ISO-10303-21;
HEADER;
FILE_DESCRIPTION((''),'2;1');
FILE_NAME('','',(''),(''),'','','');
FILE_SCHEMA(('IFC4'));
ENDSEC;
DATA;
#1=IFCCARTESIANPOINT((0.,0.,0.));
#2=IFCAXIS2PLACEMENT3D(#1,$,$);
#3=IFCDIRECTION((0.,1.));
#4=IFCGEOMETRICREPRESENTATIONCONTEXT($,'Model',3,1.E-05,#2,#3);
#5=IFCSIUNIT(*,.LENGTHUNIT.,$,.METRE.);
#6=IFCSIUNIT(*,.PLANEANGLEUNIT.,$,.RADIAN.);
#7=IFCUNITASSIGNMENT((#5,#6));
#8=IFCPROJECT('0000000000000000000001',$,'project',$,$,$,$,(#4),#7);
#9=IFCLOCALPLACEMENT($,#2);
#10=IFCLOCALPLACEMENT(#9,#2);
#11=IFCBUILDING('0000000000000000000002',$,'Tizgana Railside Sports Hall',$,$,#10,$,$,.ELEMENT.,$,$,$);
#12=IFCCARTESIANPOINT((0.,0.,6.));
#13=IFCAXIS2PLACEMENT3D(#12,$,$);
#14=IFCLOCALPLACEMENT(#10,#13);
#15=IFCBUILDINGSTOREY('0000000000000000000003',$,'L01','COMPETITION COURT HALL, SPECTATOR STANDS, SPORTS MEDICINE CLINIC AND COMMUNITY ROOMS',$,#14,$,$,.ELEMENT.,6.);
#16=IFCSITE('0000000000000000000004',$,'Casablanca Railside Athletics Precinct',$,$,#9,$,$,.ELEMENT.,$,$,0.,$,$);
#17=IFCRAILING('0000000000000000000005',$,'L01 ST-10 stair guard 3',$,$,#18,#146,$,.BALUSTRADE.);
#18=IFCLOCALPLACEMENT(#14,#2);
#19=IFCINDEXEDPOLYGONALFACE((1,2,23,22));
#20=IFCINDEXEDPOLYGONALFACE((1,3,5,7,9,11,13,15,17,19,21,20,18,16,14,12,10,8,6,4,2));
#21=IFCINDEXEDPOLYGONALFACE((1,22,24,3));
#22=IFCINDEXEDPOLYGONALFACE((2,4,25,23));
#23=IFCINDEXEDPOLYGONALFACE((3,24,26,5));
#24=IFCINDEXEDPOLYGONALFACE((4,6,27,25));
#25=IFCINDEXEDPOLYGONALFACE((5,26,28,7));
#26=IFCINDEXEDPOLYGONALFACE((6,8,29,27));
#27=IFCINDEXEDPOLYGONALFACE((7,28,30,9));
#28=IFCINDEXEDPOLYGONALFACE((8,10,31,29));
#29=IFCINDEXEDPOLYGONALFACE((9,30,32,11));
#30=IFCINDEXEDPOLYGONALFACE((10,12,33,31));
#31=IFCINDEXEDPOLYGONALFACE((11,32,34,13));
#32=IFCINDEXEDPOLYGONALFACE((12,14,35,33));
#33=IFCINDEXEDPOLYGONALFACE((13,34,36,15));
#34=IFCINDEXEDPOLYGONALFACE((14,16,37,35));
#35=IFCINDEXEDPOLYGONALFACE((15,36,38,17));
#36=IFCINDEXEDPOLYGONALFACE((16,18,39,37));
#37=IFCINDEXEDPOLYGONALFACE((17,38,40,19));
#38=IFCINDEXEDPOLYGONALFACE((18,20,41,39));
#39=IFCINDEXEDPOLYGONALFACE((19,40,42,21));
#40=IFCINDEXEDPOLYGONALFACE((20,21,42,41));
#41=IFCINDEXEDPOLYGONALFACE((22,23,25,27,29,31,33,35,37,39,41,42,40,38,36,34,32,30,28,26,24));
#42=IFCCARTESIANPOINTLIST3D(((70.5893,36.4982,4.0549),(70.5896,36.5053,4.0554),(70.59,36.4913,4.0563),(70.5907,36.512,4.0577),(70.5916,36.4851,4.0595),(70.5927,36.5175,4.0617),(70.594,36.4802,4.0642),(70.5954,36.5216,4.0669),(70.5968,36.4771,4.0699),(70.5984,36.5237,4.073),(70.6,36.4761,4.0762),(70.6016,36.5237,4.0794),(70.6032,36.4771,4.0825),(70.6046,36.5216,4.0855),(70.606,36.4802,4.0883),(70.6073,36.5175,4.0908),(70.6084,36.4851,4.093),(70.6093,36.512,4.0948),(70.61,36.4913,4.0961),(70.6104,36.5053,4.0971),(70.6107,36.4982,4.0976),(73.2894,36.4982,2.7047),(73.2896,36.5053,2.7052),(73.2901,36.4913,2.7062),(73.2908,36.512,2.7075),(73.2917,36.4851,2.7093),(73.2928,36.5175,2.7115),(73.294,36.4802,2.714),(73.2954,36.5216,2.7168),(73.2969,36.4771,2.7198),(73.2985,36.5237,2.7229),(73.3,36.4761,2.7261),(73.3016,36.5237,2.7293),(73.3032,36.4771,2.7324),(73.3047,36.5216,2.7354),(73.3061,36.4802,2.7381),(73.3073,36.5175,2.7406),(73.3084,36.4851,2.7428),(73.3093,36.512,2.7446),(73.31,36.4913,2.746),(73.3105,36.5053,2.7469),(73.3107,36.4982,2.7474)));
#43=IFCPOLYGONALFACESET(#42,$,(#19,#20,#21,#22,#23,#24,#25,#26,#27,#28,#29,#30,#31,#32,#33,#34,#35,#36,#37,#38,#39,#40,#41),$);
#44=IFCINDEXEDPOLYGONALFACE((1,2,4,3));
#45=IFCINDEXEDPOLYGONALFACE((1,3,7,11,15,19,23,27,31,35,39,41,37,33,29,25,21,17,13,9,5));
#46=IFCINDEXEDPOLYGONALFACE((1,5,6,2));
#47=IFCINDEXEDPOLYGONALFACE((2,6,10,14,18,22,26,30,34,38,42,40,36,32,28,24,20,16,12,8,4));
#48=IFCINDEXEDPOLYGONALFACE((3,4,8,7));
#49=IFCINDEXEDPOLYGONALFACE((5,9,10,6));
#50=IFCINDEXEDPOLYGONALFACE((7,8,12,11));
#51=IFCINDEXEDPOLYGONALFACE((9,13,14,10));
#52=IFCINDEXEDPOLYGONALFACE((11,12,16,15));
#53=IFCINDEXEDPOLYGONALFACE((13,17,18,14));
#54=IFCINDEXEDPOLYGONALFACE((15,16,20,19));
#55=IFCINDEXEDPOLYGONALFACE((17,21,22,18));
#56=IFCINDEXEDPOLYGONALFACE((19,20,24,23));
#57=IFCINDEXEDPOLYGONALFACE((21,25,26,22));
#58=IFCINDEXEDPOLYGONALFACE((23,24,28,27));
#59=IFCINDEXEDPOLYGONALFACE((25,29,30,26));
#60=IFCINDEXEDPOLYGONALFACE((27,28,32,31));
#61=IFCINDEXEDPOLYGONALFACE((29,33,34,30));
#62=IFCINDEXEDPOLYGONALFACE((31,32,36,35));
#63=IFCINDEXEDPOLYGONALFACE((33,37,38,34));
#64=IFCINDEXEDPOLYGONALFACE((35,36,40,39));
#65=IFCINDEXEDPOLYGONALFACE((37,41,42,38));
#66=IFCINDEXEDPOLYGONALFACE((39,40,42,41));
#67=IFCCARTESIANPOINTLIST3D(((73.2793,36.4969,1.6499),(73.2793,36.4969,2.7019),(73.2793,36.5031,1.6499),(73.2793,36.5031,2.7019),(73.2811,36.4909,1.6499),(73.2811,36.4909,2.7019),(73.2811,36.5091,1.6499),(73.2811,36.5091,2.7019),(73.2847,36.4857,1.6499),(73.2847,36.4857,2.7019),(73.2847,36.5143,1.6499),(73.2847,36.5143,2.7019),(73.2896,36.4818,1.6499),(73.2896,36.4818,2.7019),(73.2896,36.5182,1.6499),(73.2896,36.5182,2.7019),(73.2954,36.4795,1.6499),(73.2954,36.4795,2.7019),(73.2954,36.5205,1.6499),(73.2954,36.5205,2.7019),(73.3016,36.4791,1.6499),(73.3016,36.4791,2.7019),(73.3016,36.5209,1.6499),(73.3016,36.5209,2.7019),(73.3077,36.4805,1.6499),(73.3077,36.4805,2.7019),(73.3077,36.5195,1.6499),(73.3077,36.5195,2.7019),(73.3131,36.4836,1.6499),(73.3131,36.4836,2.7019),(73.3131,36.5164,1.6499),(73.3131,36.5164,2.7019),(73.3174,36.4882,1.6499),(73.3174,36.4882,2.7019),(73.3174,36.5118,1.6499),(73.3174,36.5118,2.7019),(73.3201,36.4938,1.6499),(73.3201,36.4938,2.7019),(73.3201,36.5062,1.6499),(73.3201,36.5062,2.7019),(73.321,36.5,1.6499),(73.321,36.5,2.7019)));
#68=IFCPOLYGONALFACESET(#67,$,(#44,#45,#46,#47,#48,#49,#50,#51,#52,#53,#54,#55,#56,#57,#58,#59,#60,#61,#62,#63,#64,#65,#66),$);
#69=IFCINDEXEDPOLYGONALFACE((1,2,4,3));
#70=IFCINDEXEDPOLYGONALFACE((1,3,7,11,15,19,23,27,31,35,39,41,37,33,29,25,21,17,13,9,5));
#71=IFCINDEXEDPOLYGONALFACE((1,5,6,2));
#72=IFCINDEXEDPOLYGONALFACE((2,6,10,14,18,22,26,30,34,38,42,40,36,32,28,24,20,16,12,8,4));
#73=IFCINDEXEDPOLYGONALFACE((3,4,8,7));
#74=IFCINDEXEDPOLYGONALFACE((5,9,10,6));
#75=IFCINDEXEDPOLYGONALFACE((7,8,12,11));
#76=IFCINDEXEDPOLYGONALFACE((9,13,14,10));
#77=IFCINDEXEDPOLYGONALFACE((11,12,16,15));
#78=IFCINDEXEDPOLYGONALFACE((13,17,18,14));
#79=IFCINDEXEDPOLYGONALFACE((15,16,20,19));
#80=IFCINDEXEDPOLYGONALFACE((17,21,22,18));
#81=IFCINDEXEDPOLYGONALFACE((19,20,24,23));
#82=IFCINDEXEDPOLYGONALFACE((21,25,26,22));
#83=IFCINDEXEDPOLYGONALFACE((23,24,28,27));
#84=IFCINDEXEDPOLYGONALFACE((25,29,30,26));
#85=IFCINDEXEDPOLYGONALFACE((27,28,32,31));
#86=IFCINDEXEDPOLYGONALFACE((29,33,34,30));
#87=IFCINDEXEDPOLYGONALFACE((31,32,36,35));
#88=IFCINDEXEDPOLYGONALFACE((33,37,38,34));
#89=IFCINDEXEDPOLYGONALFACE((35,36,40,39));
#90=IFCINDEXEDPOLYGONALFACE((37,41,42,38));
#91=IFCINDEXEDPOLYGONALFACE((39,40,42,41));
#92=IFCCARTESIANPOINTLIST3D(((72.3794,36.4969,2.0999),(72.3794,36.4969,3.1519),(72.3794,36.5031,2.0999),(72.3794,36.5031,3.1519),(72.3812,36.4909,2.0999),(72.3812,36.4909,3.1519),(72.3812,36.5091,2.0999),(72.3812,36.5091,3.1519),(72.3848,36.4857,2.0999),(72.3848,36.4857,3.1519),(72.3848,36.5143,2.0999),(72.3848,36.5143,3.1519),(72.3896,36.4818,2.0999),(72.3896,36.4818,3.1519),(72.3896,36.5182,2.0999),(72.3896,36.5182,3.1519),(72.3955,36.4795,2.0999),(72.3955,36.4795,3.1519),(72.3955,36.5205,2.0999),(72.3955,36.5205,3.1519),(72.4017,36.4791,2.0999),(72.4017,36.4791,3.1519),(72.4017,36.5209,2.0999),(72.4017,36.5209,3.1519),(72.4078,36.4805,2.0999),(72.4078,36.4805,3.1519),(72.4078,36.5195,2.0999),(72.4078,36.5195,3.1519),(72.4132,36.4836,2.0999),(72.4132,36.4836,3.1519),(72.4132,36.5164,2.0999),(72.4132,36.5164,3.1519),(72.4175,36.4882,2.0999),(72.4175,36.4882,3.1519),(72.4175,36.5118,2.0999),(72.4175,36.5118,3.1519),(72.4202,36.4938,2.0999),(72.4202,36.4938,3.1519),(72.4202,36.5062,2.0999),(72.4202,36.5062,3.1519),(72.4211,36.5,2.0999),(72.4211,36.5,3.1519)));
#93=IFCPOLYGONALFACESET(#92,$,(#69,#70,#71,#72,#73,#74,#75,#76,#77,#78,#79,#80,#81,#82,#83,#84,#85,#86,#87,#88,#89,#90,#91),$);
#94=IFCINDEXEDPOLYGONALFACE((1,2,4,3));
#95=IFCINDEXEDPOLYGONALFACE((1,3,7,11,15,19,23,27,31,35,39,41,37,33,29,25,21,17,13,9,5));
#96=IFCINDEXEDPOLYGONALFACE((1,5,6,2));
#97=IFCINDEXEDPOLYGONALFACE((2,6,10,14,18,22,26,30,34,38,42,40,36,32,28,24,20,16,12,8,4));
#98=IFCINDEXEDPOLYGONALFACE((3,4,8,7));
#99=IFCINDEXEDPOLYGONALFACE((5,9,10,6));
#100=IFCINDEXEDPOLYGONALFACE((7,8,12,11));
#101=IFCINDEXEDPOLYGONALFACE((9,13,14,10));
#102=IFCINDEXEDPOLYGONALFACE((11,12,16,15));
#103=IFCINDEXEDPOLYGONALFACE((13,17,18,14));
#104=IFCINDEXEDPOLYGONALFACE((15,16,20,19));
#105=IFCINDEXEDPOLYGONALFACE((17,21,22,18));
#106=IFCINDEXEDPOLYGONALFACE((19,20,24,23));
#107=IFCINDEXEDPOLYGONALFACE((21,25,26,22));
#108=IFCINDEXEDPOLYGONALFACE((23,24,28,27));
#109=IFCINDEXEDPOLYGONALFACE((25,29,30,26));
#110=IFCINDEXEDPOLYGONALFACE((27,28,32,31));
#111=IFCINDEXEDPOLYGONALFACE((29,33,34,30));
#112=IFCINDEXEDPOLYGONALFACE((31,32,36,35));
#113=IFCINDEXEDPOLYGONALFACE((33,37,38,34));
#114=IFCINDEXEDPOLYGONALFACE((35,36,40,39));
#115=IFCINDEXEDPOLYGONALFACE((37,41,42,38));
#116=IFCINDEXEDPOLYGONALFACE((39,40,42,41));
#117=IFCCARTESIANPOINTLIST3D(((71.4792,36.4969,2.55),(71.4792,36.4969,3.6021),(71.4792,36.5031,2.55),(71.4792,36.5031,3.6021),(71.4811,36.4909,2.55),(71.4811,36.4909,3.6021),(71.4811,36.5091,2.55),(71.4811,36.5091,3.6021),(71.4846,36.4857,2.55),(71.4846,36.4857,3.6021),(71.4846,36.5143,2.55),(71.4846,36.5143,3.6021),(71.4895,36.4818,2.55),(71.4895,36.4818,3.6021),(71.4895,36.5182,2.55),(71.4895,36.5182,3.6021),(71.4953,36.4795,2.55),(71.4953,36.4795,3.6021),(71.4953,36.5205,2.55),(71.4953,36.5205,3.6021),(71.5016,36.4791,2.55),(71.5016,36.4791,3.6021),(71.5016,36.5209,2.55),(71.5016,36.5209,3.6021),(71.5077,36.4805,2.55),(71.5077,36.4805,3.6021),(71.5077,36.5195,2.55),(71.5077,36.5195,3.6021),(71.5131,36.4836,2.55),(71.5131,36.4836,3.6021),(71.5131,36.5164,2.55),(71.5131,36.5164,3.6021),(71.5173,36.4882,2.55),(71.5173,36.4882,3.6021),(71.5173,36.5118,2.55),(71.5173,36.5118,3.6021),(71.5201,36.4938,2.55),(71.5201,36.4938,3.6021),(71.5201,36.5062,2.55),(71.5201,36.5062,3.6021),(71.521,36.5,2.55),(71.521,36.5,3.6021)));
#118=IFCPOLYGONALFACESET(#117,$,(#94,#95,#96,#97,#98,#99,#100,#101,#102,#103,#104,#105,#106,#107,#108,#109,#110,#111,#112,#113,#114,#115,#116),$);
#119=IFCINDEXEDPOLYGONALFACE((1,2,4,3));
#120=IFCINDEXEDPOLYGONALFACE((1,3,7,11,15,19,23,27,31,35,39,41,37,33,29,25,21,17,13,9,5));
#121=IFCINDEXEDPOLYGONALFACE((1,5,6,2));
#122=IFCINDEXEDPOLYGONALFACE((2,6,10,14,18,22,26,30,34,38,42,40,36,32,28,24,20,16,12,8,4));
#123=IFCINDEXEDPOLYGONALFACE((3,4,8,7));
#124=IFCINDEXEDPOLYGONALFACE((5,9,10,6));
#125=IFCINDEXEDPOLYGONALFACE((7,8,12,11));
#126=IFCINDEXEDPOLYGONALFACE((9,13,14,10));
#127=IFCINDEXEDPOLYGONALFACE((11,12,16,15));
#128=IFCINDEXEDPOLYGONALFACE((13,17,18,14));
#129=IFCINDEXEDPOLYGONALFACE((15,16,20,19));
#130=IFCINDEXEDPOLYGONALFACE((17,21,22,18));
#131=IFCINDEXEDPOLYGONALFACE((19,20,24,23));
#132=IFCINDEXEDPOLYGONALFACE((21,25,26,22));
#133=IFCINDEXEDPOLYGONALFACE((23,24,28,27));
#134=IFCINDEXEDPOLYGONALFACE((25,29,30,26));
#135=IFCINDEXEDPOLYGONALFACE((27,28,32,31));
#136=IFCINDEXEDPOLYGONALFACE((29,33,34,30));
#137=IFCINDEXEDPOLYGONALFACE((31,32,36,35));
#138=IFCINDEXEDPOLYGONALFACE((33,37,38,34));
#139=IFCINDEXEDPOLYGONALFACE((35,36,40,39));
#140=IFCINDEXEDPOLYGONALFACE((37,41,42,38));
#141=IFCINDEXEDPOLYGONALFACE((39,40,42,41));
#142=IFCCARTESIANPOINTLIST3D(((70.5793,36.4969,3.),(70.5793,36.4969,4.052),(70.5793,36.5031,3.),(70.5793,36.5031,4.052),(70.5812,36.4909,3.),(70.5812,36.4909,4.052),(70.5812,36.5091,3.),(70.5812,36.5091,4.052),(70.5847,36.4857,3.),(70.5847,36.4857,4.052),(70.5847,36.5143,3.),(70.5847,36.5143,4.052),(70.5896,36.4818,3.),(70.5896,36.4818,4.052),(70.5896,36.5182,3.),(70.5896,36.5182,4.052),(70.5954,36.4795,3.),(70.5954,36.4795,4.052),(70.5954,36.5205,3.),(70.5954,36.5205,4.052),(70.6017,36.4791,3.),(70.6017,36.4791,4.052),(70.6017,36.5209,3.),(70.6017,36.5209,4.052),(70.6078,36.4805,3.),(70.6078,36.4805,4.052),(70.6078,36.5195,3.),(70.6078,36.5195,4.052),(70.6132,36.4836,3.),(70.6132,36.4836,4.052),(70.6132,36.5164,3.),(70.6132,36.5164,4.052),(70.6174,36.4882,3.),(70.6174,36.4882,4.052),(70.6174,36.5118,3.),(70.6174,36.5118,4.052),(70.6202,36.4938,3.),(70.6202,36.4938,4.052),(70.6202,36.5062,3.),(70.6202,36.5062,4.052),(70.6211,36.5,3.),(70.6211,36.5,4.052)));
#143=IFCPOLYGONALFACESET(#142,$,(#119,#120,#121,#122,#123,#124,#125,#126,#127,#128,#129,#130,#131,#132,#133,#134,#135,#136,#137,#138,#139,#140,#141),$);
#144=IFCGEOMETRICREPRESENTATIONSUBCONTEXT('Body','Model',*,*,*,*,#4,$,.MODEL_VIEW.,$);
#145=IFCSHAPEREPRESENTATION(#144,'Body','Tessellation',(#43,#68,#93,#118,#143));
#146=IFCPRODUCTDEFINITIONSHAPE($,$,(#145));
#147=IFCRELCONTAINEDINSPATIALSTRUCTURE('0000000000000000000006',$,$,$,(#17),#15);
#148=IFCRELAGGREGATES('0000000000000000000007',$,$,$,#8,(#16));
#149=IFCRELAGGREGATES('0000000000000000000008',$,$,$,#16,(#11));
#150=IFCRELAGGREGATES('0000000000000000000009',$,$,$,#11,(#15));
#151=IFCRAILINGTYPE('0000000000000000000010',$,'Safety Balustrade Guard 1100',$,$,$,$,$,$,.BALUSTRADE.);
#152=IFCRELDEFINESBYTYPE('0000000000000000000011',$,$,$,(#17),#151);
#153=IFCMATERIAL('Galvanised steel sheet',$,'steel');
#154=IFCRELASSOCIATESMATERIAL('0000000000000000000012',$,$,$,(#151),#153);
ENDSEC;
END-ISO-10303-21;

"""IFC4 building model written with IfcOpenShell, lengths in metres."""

from ifc_helpers import new_model, si_unit, direction, frame, origin, origin_2d, place, context, subcontext, project, spatial, circle, extrude, material, type_object, element, save


model = new_model("IFC4")

# Units and contexts
model_context = context("Model", 3, precision=1e-05, world=origin(), true_north=direction((0.0, 1.0)))
body_context = subcontext(model_context, "Body", "Model", "MODEL_VIEW")
ifc_project = project(units=[si_unit("LENGTHUNIT", "METRE"), si_unit("PLANEANGLEUNIT", "RADIAN")], contexts=[model_context])

# Site, building, storey
site_placement = place(None, origin())
site = spatial("IfcSite", under=ifc_project, at=site_placement, Name="Casablanca Railside Athletics Precinct", CompositionType="ELEMENT", RefElevation=0.0)
building_placement = place(site_placement, origin())
building = spatial("IfcBuilding", under=site, at=building_placement, Name="Tizgana Railside Sports Hall", CompositionType="ELEMENT")
storey_placement = place(building_placement, frame((0.0, 0.0, 6.0)))
storey = spatial("IfcBuildingStorey", under=building, at=storey_placement, Name="L01", Description="COMPETITION COURT HALL, SPECTATOR STANDS, SPORTS MEDICINE CLINIC AND COMMUNITY ROOMS", CompositionType="ELEMENT", Elevation=6.0)

# Railing
ifc_material_1 = material(Name="Galvanised steel sheet", Category="steel")
railing_type_1 = type_object("IfcRailingType", Name="Safety Balustrade Guard 1100", PredefinedType="BALUSTRADE", material=ifc_material_1)
railing_1_placement = place(storey_placement, frame((73.3, 36.5, 1.6499)))
element("IfcRailing", 1, at=railing_1_placement, inside=storey, type_object=railing_type_1, Name="L01 ST-10 stair guard 3", PredefinedType="BALUSTRADE", context=body_context, shape_type="SweptSolid", body=[
    extrude(circle(Radius=0.0239, at=origin_2d()), frame((0.0, 0.0, 1.0762), z_axis=(-0.894411, 0.0, 0.447246), x_axis=(0.0, -1.0, 0.0)), (0.0, 0.0, 1.0), 3.0188),
    extrude(circle(Radius=0.021, at=origin_2d()), origin(), (0.0, 0.0, 1.0), 1.052),
    extrude(circle(Radius=0.021, at=origin_2d()), frame((-0.8999, 0.0, 0.45)), (0.0, 0.0, 1.0), 1.052),
    extrude(circle(Radius=0.021, at=origin_2d()), frame((-1.8, 0.0, 0.9001)), (0.0, 0.0, 1.0), 1.052),
    extrude(circle(Radius=0.021, at=origin_2d()), frame((-2.7, 0.0, 1.3501)), (0.0, 0.0, 1.0), 1.052),
])

save(model, "model.ifc")
